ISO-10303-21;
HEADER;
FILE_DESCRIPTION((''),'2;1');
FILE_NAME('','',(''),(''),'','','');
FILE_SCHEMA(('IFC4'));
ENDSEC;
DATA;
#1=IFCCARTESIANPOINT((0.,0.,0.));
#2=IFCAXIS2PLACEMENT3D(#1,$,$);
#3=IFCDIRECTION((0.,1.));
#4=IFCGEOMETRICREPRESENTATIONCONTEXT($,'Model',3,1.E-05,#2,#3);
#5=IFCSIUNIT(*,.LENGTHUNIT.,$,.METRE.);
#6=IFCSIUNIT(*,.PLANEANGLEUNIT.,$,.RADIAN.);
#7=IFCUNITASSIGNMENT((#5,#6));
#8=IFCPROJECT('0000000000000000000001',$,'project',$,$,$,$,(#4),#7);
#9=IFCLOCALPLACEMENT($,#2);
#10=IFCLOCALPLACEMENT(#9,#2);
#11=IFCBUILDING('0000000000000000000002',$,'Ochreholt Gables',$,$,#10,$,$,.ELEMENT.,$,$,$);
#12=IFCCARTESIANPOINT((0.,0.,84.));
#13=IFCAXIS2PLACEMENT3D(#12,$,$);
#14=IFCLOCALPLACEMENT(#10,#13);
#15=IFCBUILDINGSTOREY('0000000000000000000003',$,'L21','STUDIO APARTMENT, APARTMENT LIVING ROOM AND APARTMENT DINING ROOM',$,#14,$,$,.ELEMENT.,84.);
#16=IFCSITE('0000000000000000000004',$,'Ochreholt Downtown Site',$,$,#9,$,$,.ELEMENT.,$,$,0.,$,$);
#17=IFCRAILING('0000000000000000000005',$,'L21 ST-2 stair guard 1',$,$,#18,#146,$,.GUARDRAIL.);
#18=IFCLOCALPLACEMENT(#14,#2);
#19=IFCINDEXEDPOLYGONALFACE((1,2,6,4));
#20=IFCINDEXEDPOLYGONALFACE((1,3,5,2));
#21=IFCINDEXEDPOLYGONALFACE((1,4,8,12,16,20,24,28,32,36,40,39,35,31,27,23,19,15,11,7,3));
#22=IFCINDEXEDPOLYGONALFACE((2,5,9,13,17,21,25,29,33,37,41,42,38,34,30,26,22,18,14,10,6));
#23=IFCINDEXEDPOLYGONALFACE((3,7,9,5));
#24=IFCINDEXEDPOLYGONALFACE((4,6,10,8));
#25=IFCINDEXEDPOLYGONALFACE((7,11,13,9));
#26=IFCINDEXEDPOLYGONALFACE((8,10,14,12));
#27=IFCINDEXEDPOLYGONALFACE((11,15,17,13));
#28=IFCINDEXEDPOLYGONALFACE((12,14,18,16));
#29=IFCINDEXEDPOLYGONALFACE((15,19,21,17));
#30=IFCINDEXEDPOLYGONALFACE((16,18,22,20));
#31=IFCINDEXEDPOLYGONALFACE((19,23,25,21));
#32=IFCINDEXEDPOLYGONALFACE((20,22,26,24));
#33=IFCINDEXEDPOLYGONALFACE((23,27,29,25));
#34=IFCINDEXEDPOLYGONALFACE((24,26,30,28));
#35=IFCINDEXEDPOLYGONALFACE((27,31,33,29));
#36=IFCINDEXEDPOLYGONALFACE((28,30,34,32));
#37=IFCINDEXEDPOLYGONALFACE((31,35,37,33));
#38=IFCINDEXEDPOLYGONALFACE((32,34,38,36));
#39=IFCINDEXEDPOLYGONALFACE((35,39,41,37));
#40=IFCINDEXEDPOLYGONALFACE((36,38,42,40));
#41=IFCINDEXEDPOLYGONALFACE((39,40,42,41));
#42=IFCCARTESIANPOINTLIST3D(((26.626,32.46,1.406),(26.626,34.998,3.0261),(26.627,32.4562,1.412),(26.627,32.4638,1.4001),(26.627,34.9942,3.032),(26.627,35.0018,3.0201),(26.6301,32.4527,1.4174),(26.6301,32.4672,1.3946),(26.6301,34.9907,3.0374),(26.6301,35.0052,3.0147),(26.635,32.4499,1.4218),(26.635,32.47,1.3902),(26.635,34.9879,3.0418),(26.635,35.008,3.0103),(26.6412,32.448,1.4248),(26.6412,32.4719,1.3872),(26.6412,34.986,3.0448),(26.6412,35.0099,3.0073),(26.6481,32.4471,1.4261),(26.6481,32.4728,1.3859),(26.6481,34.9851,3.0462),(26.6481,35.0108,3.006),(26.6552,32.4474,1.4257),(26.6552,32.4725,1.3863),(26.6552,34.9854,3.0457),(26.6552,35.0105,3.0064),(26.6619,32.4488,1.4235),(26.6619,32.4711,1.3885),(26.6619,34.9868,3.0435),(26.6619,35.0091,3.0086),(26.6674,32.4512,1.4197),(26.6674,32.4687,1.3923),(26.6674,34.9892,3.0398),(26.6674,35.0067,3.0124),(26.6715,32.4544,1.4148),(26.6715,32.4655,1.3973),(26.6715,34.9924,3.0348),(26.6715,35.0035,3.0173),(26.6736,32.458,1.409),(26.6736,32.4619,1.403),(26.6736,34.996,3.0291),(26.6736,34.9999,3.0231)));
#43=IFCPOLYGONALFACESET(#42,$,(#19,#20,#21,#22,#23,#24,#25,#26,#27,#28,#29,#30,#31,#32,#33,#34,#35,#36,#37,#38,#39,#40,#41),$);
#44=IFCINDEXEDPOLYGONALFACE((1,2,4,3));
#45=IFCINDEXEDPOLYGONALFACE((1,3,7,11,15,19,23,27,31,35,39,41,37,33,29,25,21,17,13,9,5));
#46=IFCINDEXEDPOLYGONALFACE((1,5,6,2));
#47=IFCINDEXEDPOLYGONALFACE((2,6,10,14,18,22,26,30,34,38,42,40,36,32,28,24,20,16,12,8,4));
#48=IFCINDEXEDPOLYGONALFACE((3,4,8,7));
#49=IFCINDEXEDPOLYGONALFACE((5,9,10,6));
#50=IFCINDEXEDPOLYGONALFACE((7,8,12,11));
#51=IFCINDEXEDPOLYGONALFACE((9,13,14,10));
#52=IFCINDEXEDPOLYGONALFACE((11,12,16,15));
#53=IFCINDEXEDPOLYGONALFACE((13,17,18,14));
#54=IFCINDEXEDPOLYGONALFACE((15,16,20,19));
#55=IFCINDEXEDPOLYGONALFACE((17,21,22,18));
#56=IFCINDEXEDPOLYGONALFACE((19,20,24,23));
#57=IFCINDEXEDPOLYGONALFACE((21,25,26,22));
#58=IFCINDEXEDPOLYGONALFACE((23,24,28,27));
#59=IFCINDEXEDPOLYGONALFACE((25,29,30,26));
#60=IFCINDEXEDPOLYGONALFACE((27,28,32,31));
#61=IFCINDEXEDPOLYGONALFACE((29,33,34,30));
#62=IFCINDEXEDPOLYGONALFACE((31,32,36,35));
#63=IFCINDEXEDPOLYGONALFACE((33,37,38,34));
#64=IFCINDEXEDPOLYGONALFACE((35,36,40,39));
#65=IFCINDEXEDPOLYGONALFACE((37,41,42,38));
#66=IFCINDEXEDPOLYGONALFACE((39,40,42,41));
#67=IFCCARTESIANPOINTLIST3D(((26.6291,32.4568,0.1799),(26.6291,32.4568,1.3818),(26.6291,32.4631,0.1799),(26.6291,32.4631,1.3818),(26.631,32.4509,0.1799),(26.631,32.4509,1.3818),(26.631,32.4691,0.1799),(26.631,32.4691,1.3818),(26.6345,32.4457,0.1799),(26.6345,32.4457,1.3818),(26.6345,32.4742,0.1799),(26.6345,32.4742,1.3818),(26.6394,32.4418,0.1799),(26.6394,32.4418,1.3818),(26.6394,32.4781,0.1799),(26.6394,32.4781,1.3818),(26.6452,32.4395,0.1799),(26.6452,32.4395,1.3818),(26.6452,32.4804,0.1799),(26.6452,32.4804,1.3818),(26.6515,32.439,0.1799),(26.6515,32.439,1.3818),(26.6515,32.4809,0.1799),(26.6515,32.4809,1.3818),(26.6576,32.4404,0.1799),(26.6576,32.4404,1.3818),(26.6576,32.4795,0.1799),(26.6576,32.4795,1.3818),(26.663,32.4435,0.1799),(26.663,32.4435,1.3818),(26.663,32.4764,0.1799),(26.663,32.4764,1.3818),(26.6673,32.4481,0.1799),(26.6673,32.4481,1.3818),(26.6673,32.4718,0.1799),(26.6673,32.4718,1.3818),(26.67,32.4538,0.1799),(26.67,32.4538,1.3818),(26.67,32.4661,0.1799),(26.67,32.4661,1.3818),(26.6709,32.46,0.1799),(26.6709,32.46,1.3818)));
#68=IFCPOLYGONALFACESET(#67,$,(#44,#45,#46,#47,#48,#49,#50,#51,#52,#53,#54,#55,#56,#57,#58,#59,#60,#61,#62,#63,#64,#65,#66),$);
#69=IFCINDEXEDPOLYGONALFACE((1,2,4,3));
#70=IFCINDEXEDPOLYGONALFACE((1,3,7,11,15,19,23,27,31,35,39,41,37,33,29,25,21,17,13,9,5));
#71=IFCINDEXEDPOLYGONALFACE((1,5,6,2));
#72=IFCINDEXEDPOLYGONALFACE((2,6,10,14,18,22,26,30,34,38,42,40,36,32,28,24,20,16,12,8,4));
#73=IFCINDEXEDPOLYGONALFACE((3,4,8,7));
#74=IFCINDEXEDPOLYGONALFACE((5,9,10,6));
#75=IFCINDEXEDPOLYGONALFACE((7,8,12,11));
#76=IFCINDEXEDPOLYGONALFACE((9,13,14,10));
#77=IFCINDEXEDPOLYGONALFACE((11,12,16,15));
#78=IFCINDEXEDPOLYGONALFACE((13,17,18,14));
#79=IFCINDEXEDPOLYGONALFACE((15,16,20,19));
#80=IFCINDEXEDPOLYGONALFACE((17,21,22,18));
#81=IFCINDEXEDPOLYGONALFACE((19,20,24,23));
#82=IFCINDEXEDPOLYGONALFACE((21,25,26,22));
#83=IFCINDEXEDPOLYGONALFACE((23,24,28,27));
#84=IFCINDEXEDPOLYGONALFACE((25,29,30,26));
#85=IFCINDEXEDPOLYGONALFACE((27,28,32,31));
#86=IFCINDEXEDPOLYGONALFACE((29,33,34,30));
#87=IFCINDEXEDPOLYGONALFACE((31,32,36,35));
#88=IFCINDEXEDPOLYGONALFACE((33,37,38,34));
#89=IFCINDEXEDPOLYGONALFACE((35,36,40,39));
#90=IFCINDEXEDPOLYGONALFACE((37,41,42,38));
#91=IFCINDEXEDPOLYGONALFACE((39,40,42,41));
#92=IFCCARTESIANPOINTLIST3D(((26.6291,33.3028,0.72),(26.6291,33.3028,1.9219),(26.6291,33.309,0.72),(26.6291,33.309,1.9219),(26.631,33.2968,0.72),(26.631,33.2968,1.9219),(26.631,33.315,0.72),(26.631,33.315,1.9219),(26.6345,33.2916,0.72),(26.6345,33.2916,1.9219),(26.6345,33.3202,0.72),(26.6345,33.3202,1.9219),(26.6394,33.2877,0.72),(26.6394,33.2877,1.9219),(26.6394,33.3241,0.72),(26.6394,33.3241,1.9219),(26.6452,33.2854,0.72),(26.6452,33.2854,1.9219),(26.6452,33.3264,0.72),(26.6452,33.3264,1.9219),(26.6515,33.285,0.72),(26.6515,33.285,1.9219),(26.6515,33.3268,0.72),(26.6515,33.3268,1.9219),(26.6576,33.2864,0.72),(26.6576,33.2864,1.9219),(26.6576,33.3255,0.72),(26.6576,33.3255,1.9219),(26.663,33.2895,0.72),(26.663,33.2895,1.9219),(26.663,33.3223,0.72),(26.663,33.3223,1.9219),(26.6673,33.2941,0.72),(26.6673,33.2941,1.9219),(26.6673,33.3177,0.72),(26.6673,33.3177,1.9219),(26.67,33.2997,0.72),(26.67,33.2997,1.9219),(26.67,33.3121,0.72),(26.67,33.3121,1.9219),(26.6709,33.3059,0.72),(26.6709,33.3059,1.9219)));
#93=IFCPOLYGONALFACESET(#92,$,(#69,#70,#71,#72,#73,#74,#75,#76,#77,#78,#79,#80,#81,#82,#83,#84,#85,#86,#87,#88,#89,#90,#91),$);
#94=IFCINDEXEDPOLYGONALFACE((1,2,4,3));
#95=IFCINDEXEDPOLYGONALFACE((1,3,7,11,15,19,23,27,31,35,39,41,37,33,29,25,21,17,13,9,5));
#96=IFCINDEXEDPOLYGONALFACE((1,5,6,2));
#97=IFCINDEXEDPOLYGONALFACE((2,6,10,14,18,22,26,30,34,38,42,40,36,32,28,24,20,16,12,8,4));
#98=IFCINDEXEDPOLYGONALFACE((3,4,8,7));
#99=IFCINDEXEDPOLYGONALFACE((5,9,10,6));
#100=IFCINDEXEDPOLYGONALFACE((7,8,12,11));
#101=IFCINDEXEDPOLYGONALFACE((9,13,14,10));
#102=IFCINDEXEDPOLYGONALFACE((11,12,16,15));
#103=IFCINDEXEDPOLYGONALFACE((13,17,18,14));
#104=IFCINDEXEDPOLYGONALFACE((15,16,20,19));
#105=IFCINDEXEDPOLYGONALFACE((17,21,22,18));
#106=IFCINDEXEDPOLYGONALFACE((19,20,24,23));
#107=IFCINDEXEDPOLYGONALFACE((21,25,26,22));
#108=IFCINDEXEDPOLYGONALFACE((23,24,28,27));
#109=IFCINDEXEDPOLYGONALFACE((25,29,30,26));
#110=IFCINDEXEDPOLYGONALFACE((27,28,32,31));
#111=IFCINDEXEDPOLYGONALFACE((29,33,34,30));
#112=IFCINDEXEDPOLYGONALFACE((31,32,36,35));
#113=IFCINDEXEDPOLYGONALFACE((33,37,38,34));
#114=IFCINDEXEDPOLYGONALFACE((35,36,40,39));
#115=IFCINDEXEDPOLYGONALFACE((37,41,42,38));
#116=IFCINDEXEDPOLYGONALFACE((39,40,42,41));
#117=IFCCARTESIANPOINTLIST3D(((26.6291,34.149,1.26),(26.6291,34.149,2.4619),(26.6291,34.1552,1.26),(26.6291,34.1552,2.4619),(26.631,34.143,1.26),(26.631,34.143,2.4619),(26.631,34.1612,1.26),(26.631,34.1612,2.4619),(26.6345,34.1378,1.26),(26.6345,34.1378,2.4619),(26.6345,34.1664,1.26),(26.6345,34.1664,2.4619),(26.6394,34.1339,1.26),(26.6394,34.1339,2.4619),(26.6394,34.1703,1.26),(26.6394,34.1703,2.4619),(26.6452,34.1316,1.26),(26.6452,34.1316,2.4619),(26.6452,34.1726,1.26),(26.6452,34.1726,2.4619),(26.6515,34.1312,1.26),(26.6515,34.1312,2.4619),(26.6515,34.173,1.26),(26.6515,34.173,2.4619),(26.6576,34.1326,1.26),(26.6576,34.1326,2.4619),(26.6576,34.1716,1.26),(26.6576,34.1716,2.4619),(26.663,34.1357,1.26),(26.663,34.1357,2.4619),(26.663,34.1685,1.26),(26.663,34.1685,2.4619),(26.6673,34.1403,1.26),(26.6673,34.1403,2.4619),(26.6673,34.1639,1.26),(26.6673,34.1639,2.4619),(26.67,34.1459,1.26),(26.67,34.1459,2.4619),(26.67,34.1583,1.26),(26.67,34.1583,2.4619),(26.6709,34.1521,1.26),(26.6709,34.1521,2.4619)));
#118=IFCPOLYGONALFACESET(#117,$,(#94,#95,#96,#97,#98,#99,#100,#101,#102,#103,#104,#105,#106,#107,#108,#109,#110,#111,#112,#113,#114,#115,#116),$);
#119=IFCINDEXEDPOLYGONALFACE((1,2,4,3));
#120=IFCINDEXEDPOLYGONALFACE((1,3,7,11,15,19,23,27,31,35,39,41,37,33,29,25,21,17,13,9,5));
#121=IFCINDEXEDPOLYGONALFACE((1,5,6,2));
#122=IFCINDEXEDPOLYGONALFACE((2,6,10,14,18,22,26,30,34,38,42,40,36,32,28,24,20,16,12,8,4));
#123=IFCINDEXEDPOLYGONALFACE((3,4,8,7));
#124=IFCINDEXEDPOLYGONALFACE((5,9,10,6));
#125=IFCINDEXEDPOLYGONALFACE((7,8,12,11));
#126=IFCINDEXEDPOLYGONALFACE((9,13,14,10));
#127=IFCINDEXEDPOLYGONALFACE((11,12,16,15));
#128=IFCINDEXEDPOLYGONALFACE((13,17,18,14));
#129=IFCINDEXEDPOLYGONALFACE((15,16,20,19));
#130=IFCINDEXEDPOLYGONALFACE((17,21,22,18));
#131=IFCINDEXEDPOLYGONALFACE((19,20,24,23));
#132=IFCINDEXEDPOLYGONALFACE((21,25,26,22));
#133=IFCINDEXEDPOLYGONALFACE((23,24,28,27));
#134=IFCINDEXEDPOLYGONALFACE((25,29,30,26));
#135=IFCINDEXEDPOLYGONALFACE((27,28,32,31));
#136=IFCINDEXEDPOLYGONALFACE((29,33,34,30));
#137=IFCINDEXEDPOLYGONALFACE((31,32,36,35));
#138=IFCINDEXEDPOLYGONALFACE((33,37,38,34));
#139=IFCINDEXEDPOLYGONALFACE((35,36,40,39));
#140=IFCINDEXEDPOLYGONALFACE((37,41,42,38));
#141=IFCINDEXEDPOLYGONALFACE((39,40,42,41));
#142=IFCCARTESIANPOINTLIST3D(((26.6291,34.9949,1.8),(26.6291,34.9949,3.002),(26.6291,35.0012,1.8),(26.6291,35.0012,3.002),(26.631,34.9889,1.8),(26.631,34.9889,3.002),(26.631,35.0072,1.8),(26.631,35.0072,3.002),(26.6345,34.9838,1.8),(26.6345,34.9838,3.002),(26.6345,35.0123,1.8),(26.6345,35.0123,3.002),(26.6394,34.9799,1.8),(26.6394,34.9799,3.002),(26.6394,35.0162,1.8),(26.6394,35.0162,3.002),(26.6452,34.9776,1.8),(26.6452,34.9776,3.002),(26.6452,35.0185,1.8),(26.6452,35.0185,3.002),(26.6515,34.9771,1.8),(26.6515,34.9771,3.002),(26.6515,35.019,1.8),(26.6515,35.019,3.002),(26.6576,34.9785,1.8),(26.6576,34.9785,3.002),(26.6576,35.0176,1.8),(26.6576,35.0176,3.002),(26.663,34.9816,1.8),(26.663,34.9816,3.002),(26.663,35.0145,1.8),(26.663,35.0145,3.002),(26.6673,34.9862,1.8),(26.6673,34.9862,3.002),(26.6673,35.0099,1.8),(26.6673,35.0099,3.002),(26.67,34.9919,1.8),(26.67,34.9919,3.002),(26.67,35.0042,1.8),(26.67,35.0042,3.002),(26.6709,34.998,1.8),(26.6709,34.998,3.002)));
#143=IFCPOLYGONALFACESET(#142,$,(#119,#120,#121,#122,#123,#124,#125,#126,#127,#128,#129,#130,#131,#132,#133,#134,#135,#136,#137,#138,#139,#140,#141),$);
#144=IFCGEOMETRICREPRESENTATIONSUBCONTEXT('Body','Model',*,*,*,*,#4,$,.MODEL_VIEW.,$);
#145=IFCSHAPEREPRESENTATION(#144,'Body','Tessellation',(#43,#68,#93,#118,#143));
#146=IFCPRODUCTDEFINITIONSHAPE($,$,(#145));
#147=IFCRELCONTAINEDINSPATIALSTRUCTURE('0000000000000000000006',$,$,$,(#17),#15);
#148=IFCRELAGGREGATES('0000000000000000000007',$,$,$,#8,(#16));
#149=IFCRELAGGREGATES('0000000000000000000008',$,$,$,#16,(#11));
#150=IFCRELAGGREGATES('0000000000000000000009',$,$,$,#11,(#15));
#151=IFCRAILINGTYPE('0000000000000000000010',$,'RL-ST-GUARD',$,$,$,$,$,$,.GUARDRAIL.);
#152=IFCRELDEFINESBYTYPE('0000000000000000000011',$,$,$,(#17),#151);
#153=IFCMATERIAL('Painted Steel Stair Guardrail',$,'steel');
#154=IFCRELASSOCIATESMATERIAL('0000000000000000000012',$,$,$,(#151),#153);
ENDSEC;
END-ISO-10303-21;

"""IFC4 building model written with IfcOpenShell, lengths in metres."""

from ifc_helpers import new_model, si_unit, direction, frame, origin, origin_2d, place, context, subcontext, project, spatial, circle, extrude, material, type_object, element, save


model = new_model("IFC4")

# Units and contexts
model_context = context("Model", 3, precision=1e-05, world=origin(), true_north=direction((0.0, 1.0)))
body_context = subcontext(model_context, "Body", "Model", "MODEL_VIEW")
ifc_project = project(units=[si_unit("LENGTHUNIT", "METRE"), si_unit("PLANEANGLEUNIT", "RADIAN")], contexts=[model_context])

# Site, building, storey
site_placement = place(None, origin())
site = spatial("IfcSite", under=ifc_project, at=site_placement, Name="Ochreholt Downtown Site", CompositionType="ELEMENT", RefElevation=0.0)
building_placement = place(site_placement, origin())
building = spatial("IfcBuilding", under=site, at=building_placement, Name="Ochreholt Gables", CompositionType="ELEMENT")
storey_placement = place(building_placement, frame((0.0, 0.0, 84.0)))
storey = spatial("IfcBuildingStorey", under=building, at=storey_placement, Name="L21", Description="STUDIO APARTMENT, APARTMENT LIVING ROOM AND APARTMENT DINING ROOM", CompositionType="ELEMENT", Elevation=84.0)

# Railing
ifc_material_1 = material(Name="Painted Steel Stair Guardrail", Category="steel")
railing_type_1 = type_object("IfcRailingType", Name="RL-ST-GUARD", PredefinedType="GUARDRAIL", material=ifc_material_1)
railing_1_placement = place(storey_placement, frame((26.6499, 32.46, 0.1799)))
element("IfcRailing", 1, at=railing_1_placement, inside=storey, type_object=railing_type_1, Name="L21 ST-2 stair guard 1", PredefinedType="GUARDRAIL", context=body_context, shape_type="SweptSolid", body=[
    extrude(circle(Radius=0.0239, at=origin_2d()), frame((0.0, 0.0, 1.2261), z_axis=(0.0, 0.842913, 0.53805), x_axis=(-1.0, 0.0, 0.0)), (0.0, 0.0, 1.0), 3.011),
    extrude(circle(Radius=0.021, at=origin_2d()), origin(), (0.0, 0.0, 1.0), 1.2019),
    extrude(circle(Radius=0.021, at=origin_2d()), frame((0.0, 0.8459, 0.54)), (0.0, 0.0, 1.0), 1.2019),
    extrude(circle(Radius=0.021, at=origin_2d()), frame((0.0, 1.6921, 1.0801)), (0.0, 0.0, 1.0), 1.2019),
    extrude(circle(Radius=0.021, at=origin_2d()), frame((0.0, 2.5381, 1.6201)), (0.0, 0.0, 1.0), 1.2019),
])

save(model, "model.ifc")
